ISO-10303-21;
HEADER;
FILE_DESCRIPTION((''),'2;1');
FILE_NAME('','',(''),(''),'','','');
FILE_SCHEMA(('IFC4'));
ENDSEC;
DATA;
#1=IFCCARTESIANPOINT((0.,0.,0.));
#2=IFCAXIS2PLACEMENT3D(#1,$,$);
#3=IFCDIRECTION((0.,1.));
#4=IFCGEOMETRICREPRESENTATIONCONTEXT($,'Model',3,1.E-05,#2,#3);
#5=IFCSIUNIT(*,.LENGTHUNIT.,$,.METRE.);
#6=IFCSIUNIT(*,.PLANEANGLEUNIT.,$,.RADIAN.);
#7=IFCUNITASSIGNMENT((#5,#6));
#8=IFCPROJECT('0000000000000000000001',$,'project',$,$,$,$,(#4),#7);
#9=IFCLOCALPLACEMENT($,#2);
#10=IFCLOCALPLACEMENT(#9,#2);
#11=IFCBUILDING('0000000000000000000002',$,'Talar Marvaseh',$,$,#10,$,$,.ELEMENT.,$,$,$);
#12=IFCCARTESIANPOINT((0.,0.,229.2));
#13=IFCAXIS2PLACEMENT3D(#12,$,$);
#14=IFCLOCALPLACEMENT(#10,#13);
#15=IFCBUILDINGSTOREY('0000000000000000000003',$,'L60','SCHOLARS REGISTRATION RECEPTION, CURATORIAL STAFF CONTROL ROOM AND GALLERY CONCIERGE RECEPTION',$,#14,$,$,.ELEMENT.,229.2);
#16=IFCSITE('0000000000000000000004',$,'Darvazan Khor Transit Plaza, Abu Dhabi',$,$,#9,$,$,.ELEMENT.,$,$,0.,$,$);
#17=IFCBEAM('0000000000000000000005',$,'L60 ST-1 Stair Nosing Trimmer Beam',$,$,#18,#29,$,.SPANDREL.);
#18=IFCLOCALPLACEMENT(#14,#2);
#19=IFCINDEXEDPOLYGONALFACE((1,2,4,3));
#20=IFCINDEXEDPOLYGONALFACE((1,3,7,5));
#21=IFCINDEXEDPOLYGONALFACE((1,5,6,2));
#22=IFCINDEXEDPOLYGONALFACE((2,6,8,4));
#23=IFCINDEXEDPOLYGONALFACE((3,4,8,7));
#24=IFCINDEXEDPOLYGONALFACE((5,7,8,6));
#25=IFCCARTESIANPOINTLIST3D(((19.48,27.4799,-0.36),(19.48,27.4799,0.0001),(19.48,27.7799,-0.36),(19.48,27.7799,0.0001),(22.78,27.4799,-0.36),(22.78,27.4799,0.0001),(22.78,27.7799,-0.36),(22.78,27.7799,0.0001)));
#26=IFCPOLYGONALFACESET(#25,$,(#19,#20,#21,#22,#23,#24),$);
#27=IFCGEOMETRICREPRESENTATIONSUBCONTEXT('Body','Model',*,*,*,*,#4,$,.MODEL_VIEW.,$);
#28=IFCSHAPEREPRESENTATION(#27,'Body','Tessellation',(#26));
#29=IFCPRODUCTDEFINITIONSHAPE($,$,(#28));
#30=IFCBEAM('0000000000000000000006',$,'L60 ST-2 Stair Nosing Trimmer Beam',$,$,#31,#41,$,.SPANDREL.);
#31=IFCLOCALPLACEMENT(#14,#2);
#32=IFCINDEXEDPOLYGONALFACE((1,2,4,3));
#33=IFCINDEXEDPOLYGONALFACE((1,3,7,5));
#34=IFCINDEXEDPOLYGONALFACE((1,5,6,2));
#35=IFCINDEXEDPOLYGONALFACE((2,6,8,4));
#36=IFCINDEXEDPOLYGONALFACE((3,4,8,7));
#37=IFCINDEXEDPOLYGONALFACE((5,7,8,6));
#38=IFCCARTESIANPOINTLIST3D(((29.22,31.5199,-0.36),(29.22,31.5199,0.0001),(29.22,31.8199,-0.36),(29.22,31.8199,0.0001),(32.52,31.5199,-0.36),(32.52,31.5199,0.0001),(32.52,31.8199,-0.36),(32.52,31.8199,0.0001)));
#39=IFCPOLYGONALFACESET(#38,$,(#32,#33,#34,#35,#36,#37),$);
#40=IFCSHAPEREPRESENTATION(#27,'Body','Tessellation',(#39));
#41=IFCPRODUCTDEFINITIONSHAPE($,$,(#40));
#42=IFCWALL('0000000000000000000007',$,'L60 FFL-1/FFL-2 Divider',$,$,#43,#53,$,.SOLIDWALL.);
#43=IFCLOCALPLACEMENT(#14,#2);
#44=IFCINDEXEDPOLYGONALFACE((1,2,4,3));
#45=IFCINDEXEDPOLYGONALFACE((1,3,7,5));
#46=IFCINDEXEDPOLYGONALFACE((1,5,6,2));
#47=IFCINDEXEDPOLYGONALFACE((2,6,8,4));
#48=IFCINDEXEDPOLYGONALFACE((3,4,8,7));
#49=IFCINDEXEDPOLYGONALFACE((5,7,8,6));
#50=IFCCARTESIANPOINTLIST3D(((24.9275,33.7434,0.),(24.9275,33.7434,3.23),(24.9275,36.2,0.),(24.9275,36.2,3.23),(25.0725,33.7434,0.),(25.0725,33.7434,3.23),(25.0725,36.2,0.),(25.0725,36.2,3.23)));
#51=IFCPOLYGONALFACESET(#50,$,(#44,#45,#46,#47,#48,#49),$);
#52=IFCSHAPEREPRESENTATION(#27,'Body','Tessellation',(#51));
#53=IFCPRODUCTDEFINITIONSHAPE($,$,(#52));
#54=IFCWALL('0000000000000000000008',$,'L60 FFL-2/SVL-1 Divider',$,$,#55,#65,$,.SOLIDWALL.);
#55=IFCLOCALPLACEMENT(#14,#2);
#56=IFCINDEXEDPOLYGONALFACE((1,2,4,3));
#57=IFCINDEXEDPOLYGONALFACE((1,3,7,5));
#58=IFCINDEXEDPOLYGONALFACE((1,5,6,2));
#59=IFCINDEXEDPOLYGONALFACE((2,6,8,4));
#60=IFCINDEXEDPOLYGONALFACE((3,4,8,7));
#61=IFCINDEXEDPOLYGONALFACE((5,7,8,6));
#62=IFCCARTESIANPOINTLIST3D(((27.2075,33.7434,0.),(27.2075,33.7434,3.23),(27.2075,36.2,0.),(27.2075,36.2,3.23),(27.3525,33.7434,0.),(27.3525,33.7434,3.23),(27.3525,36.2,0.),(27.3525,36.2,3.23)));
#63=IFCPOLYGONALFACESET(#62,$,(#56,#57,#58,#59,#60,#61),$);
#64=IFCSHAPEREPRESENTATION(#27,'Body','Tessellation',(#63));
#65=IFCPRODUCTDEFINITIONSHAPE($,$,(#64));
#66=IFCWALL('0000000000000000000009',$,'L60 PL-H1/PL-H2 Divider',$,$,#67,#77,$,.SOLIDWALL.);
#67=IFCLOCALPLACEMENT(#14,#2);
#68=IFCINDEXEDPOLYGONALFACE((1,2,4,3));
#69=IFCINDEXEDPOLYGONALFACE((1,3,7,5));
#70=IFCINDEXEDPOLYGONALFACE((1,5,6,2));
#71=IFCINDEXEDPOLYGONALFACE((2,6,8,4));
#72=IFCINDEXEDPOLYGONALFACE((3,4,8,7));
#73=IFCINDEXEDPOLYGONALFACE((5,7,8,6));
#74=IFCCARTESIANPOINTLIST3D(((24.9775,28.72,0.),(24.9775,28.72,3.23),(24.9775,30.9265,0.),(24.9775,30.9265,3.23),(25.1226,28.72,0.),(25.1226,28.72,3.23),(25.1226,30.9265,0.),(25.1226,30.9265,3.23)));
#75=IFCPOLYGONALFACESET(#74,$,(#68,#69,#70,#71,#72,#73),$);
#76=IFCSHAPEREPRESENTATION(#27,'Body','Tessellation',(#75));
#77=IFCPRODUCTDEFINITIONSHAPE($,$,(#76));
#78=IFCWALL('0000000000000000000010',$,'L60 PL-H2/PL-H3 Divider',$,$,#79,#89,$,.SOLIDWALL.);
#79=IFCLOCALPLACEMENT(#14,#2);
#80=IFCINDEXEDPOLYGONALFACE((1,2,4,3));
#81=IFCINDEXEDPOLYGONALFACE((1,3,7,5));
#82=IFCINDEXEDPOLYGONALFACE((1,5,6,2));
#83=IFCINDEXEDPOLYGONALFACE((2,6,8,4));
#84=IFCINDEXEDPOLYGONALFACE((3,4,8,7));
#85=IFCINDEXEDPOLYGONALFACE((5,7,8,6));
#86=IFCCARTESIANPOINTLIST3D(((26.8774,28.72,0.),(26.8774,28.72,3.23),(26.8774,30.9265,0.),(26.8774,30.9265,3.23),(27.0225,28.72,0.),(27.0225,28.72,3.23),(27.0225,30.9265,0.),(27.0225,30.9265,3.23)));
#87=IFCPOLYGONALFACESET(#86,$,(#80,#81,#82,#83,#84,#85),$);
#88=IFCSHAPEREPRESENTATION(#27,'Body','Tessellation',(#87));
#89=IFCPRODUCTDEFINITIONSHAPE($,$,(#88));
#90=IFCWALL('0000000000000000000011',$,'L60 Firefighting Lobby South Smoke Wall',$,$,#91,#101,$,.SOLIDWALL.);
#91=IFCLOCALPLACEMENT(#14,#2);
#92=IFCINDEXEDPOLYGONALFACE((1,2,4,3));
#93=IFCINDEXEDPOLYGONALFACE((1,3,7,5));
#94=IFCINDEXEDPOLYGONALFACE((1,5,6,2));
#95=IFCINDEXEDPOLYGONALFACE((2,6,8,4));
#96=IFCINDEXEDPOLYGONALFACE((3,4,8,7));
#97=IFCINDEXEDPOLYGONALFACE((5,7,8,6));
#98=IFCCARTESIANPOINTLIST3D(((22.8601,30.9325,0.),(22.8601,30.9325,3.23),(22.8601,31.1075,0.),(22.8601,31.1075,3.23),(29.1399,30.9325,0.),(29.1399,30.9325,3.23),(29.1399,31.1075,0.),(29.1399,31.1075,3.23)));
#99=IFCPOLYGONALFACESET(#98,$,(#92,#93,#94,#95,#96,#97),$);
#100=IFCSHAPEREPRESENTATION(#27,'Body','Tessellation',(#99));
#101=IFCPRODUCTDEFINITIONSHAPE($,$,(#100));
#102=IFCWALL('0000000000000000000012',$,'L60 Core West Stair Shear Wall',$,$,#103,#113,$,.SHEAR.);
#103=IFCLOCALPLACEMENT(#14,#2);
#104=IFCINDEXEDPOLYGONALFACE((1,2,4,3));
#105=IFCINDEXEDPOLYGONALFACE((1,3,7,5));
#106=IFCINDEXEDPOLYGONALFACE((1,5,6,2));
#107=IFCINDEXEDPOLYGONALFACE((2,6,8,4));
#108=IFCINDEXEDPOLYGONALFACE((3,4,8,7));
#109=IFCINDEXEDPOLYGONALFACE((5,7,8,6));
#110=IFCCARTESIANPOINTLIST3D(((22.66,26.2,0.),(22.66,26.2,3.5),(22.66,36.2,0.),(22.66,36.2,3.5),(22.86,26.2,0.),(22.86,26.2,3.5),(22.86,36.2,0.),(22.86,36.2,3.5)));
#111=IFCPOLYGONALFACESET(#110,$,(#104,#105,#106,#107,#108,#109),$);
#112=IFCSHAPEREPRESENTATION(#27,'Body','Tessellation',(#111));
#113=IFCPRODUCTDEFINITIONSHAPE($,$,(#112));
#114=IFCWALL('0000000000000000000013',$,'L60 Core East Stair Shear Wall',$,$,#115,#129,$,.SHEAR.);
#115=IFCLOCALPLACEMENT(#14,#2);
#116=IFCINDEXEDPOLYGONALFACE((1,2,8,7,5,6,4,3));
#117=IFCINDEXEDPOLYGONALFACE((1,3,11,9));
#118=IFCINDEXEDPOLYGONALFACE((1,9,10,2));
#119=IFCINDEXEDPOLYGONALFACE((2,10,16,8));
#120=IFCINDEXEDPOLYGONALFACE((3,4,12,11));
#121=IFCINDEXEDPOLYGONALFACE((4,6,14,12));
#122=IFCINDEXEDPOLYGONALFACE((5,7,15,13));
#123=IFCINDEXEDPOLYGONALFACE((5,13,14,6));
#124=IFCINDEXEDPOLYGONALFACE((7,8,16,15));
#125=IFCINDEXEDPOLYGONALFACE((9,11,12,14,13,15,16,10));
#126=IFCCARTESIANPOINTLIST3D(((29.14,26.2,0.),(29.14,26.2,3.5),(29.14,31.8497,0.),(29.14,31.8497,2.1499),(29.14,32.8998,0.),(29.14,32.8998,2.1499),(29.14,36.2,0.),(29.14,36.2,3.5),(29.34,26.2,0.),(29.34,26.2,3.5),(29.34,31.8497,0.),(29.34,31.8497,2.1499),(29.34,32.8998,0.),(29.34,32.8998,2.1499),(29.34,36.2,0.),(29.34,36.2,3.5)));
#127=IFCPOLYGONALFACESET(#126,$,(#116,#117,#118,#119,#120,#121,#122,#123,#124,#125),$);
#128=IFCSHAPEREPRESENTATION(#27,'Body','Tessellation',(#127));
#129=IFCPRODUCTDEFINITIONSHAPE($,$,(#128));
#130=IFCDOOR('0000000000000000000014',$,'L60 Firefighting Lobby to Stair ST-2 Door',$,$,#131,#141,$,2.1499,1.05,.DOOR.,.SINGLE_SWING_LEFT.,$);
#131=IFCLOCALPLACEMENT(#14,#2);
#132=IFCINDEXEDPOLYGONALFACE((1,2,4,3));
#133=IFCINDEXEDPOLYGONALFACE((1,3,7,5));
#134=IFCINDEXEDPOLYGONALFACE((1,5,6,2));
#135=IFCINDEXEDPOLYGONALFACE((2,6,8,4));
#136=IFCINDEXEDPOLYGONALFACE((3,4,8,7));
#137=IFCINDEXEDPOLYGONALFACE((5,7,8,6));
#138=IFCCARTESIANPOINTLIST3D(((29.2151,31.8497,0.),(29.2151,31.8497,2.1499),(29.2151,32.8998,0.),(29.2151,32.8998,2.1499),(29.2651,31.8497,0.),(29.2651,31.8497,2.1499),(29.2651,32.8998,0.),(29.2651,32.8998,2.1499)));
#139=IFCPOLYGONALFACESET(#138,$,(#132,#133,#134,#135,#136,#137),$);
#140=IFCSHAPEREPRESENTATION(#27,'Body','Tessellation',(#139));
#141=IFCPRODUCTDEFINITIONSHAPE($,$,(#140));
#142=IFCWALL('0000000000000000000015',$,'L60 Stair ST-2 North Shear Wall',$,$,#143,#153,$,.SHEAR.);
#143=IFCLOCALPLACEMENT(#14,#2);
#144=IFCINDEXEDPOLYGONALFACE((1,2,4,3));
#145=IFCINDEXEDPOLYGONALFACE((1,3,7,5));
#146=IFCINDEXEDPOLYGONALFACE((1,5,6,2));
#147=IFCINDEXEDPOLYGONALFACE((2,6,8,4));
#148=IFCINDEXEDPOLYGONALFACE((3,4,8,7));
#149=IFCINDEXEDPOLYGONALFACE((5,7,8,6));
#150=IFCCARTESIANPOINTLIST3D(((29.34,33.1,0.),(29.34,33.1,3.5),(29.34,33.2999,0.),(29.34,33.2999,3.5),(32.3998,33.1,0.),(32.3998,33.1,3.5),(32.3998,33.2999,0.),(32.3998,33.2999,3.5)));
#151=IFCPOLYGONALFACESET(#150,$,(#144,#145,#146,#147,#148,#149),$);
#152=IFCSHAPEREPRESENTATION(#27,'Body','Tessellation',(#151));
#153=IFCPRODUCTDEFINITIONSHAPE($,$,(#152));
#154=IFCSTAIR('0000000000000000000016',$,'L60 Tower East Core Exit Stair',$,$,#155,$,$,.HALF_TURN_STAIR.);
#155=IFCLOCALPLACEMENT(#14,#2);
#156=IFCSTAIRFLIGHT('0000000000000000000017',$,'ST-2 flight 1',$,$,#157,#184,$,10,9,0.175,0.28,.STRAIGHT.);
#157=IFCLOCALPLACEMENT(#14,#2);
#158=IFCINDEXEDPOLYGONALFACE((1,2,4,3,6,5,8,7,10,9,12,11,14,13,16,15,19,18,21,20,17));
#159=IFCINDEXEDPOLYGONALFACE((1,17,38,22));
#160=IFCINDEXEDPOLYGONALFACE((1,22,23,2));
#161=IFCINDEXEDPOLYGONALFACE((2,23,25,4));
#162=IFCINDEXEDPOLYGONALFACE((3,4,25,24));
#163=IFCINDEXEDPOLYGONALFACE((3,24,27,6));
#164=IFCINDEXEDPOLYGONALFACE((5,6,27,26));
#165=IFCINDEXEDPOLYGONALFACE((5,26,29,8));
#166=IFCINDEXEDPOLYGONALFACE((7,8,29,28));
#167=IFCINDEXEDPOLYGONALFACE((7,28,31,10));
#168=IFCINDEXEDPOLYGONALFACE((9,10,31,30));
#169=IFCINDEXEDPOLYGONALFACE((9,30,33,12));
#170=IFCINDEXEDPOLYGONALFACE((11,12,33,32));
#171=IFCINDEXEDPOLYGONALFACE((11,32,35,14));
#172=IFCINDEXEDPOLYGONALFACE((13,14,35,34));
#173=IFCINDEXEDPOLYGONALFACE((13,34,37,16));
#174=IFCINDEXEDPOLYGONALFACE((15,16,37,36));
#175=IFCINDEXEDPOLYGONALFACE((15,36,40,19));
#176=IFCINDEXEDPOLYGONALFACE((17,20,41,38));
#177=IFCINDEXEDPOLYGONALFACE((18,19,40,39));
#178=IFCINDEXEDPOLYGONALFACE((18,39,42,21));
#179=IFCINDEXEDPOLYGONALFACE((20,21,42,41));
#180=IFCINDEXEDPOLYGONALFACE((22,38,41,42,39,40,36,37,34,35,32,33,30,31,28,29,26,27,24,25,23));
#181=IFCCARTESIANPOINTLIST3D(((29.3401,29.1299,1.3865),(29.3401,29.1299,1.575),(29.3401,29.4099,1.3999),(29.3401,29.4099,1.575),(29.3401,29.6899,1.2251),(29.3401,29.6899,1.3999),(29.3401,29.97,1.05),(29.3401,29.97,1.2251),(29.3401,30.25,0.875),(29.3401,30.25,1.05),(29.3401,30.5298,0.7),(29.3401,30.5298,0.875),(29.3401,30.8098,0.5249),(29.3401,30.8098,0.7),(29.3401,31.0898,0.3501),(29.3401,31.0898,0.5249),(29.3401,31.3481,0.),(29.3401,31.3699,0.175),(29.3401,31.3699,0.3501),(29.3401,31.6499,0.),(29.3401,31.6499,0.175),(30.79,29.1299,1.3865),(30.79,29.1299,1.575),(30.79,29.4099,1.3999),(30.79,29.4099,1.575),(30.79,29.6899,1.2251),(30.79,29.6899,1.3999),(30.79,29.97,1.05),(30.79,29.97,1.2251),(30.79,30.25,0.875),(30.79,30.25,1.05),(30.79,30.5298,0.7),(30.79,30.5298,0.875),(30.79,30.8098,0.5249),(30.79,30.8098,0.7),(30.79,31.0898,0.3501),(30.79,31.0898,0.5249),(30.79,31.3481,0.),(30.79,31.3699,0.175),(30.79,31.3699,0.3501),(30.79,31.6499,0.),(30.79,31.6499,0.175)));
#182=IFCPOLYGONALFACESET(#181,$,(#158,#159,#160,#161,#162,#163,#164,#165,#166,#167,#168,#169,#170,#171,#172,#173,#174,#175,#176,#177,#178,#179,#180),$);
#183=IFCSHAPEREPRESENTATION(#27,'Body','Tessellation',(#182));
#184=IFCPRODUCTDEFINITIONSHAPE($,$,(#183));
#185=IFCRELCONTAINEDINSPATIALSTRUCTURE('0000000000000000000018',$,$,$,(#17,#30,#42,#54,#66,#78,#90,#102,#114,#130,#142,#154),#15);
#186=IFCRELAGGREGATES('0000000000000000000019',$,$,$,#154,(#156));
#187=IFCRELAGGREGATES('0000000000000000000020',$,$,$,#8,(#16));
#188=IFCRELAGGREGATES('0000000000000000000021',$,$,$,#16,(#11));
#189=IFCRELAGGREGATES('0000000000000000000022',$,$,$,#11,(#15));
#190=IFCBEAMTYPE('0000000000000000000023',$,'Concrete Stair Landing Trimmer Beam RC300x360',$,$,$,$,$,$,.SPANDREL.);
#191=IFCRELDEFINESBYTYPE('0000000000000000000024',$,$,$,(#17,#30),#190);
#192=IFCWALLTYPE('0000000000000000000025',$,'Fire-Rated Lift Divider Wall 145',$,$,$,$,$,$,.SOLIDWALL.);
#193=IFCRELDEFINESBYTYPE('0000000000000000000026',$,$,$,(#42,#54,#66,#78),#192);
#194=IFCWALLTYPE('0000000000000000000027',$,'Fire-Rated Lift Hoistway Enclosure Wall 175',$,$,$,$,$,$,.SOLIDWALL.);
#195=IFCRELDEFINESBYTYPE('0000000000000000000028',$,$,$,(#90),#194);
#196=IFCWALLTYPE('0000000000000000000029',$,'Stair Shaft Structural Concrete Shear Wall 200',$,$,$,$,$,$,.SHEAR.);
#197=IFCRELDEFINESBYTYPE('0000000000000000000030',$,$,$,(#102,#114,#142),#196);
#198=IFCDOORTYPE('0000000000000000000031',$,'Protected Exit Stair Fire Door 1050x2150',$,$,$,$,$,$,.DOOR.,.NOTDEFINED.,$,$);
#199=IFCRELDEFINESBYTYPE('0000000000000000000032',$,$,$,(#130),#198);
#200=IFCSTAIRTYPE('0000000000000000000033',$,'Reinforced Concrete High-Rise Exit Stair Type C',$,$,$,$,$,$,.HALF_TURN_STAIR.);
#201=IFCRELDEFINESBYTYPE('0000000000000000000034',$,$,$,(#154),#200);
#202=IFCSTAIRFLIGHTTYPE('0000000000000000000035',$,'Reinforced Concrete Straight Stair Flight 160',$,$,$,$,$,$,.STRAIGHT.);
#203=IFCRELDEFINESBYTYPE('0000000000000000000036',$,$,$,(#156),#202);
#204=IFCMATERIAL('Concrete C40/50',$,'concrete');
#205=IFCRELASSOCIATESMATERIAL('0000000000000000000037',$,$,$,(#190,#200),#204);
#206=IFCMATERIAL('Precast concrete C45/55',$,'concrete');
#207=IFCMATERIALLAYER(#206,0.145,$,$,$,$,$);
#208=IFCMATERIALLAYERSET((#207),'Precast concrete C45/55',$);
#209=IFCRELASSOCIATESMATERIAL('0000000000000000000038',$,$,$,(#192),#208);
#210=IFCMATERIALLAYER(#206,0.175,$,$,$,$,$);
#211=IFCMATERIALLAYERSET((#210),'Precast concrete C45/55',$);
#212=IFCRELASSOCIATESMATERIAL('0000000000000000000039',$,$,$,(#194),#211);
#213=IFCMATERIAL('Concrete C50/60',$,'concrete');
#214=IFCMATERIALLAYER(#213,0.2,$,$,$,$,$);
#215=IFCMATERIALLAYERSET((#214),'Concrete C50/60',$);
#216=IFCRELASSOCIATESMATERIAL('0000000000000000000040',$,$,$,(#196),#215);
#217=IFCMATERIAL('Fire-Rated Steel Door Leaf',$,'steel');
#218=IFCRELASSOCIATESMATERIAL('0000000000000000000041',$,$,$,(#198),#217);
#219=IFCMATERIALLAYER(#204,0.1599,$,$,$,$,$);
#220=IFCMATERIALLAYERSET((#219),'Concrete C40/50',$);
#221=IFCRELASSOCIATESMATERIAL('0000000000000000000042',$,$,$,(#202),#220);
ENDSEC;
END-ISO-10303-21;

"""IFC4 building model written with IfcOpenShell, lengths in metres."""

from ifc_helpers import new_model, si_unit, direction, frame, frame_2d, origin, origin_2d, place, context, subcontext, project, spatial, polyline, rectangle, outline, extrude, source, transform, mapped, material, layer, layer_set, material_profile, profile_set, type_object, type_shapes, element, fill, aggregate, save


model = new_model("IFC4")

# Units and contexts
model_context = context("Model", 3, precision=1e-05, world=origin(), true_north=direction((0.0, 1.0)))
body_context = subcontext(model_context, "Body", "Model", "MODEL_VIEW")
ifc_project = project(units=[si_unit("LENGTHUNIT", "METRE"), si_unit("PLANEANGLEUNIT", "RADIAN")], contexts=[model_context])

# Site, building, storey
site_placement = place(None, origin())
site = spatial("IfcSite", under=ifc_project, at=site_placement, Name="Darvazan Khor Transit Plaza, Abu Dhabi", CompositionType="ELEMENT", RefElevation=0.0)
building_placement = place(site_placement, origin())
building = spatial("IfcBuilding", under=site, at=building_placement, Name="Talar Marvaseh", CompositionType="ELEMENT")
storey_placement = place(building_placement, frame((0.0, 0.0, 229.2)))
storey = spatial("IfcBuildingStorey", under=building, at=storey_placement, Name="L60", Description="SCHOLARS REGISTRATION RECEPTION, CURATORIAL STAFF CONTROL ROOM AND GALLERY CONCIERGE RECEPTION", CompositionType="ELEMENT", Elevation=229.2)

# Beams
ifc_material_1 = material(Name="Concrete C40/50", Category="concrete")
ifc_material_profile = material_profile(ifc_material_1, rectangle(XDim=0.3, YDim=0.3601, at=origin_2d()), Name="RC300x360")
ifc_profile_set = profile_set([ifc_material_profile], Name="Concrete C40/50")
beam_type = type_object("IfcBeamType", Name="Concrete Stair Landing Trimmer Beam RC300x360", PredefinedType="SPANDREL", material=ifc_profile_set)
for number, where, z_axis, x_axis, name in (
    (1, (22.78, 27.6299, -0.1799), (-1.0, 0.0, 0.0), (0.0, -1.0, 0.0), "L60 ST-1 Stair Nosing Trimmer Beam"),
    (2, (29.22, 31.6699, -0.1799), (1.0, 0.0, 0.0), (0.0, 1.0, 0.0), "L60 ST-2 Stair Nosing Trimmer Beam"),
):
    element("IfcBeam", number, at=place(storey_placement, frame(where, z_axis=z_axis, x_axis=x_axis)), inside=storey, type_object=beam_type, Name=name, PredefinedType="SPANDREL", context=body_context, shape_type="SweptSolid", body=[
        extrude(rectangle(XDim=0.3, YDim=0.3601, at=origin_2d()), origin(), (0.0, 0.0, 1.0), 3.3),
    ])

# Walls
ifc_material_2 = material(Name="Precast concrete C45/55", Category="concrete")
ifc_layer_1 = layer(ifc_material_2, 0.145)
ifc_layer_set_1 = layer_set([ifc_layer_1], Name="Precast concrete C45/55")
wall_type_1 = type_object("IfcWallType", Name="Fire-Rated Lift Divider Wall 145", PredefinedType="SOLIDWALL", material=ifc_layer_set_1)
for number, where, z_axis, x_axis, name in (
    (3, (25.0, 33.7434, 0.0), (0.0, 0.0, 1.0), (0.0, 1.0, 0.0), "L60 FFL-1/FFL-2 Divider"),
    (4, (27.28, 33.7434, 0.0), (0.0, 0.0, 1.0), (0.0, 1.0, 0.0), "L60 FFL-2/SVL-1 Divider"),
):
    element("IfcWall", number, at=place(storey_placement, frame(where, z_axis=z_axis, x_axis=x_axis)), inside=storey, type_object=wall_type_1, Name=name, PredefinedType="SOLIDWALL", context=body_context, shape_type="SweptSolid", body=[
        extrude(rectangle(XDim=2.4565, YDim=0.145, at=frame_2d((1.2283, 0.0))), origin(), (0.0, 0.0, 1.0), 3.23),
    ])
for number, where, z_axis, x_axis, name in (
    (5, (25.05, 28.72, 0.0), (0.0, 0.0, 1.0), (0.0, 1.0, 0.0), "L60 PL-H1/PL-H2 Divider"),
    (6, (26.95, 28.72, 0.0), (0.0, 0.0, 1.0), (0.0, 1.0, 0.0), "L60 PL-H2/PL-H3 Divider"),
):
    element("IfcWall", number, at=place(storey_placement, frame(where, z_axis=z_axis, x_axis=x_axis)), inside=storey, type_object=wall_type_1, Name=name, PredefinedType="SOLIDWALL", context=body_context, shape_type="SweptSolid", body=[
        extrude(rectangle(XDim=2.2065, YDim=0.145, at=frame_2d((1.1033, 0.0))), origin(), (0.0, 0.0, 1.0), 3.23),
    ])

# Shared definitions
ifc_layer_2 = layer(ifc_material_2, 0.175)
ifc_layer_set_2 = layer_set([ifc_layer_2], Name="Precast concrete C45/55")
wall_type_2 = type_object("IfcWallType", Name="Fire-Rated Lift Hoistway Enclosure Wall 175", PredefinedType="SOLIDWALL", material=ifc_layer_set_2)

# Wall
wall_1_placement = place(storey_placement, frame((22.8601, 31.02, 0.0), z_axis=(0.0, 0.0, 1.0), x_axis=(1.0, 0.0, 0.0)))
element("IfcWall", 7, at=wall_1_placement, inside=storey, type_object=wall_type_2, Name="L60 Firefighting Lobby South Smoke Wall", PredefinedType="SOLIDWALL", context=body_context, shape_type="SweptSolid", body=[
    extrude(rectangle(XDim=6.2798, YDim=0.175, at=frame_2d((3.1399, 0.0))), origin(), (0.0, 0.0, 1.0), 3.23),
])

# Wall
ifc_material_3 = material(Name="Concrete C50/60", Category="concrete")
ifc_layer_3 = layer(ifc_material_3, 0.2)
ifc_layer_set_3 = layer_set([ifc_layer_3], Name="Concrete C50/60")
wall_type_3 = type_object("IfcWallType", Name="Stair Shaft Structural Concrete Shear Wall 200", PredefinedType="SHEAR", material=ifc_layer_set_3)
wall_2_placement = place(storey_placement, frame((22.76, 26.2, 0.0), z_axis=(0.0, 0.0, 1.0), x_axis=(0.0, 1.0, 0.0)))
element("IfcWall", 8, at=wall_2_placement, inside=storey, type_object=wall_type_3, Name="L60 Core West Stair Shear Wall", PredefinedType="SHEAR", context=body_context, shape_type="SweptSolid", body=[
    extrude(rectangle(XDim=10.0, YDim=0.2, at=frame_2d((5.0, 0.0))), origin(), (0.0, 0.0, 1.0), 3.5),
])

# Wall, opening, door
wall_3_placement = place(storey_placement, frame((29.24, 26.2, 0.0), z_axis=(0.0, 0.0, 1.0), x_axis=(0.0, 1.0, 0.0)))
wall_3 = element("IfcWall", 9, at=wall_3_placement, inside=storey, type_object=wall_type_3, Name="L60 Core East Stair Shear Wall", PredefinedType="SHEAR", context=body_context, shape_type="SweptSolid", body=[
    extrude(rectangle(XDim=10.0, YDim=0.2, at=frame_2d((5.0, 0.0))), origin(), (0.0, 0.0, 1.0), 3.5),
])
opening_1_placement = place(wall_3_placement, frame((5.6499, 0.0, 0.0)))
opening_1 = element("IfcOpeningElement", 10, at=opening_1_placement, cuts=wall_3, PredefinedType="OPENING", context=body_context, shape_type="SweptSolid", body=[
    extrude(rectangle(XDim=1.05, YDim=2.1499, at=frame_2d((0.5249, 1.075))), frame((0.0, 0.1099, 0.0), z_axis=(0.0, -1.0, 0.0), x_axis=(1.0, 0.0, 0.0)), (0.0, 0.0, 1.0), 0.22),
])
ifc_material_4 = material(Name="Fire-Rated Steel Door Leaf", Category="steel")
door_type_1 = type_object("IfcDoorType", Name="Protected Exit Stair Fire Door 1050x2150", OperationType="NOTDEFINED", PredefinedType="DOOR", material=ifc_material_4)
shared_shape_1 = source(origin(), body_context, "Body", "SweptSolid", [
    extrude(rectangle(XDim=1.05, YDim=2.1499, at=frame_2d((0.5249, 1.075))), frame((0.0, 0.0249, 0.0), z_axis=(0.0, -1.0, 0.0), x_axis=(1.0, 0.0, 0.0)), (0.0, 0.0, 1.0), 0.05),
])
type_shapes(door_type_1, [shared_shape_1])
door_1_placement = place(opening_1_placement, origin())
door_1 = element("IfcDoor", 11, at=door_1_placement, inside=storey, type_object=door_type_1, Name="L60 Firefighting Lobby to Stair ST-2 Door", OperationType="SINGLE_SWING_LEFT", OverallHeight=2.1499, OverallWidth=1.05, PredefinedType="DOOR", context=body_context, shape_type="MappedRepresentation", body=[
    mapped(shared_shape_1, transform((0.0, 0.0, 0.0), x_axis=(1.0, 0.0, 0.0), y_axis=(0.0, 1.0, 0.0), z_axis=(0.0, 0.0, 1.0), scale=1.0)),
])
fill(opening_1, door_1)

# Wall
wall_4_placement = place(storey_placement, frame((29.3401, 33.2, 0.0), z_axis=(0.0, 0.0, 1.0), x_axis=(1.0, 0.0, 0.0)))
element("IfcWall", 12, at=wall_4_placement, inside=storey, type_object=wall_type_3, Name="L60 Stair ST-2 North Shear Wall", PredefinedType="SHEAR", context=body_context, shape_type="SweptSolid", body=[
    extrude(rectangle(XDim=3.0598, YDim=0.2, at=frame_2d((1.5298, 0.0))), origin(), (0.0, 0.0, 1.0), 3.5),
])

# Stair, stair flight
stair_type = type_object("IfcStairType", Name="Reinforced Concrete High-Rise Exit Stair Type C", PredefinedType="HALF_TURN_STAIR", material=ifc_material_1)
stair_placement = place(storey_placement, origin())
stair = element("IfcStair", 13, at=stair_placement, inside=storey, type_object=stair_type, Name="L60 Tower East Core Exit Stair", PredefinedType="HALF_TURN_STAIR")
ifc_layer_4 = layer(ifc_material_1, 0.1599)
ifc_layer_set_4 = layer_set([ifc_layer_4], Name="Concrete C40/50")
stair_flight_type = type_object("IfcStairFlightType", Name="Reinforced Concrete Straight Stair Flight 160", PredefinedType="STRAIGHT", material=ifc_layer_set_4)
stair_flight_1_placement = place(storey_placement, frame((30.0649, 31.6499, 0.0), z_axis=(0.0, 0.0, 1.0), x_axis=(0.0, -1.0, 0.0)))
stair_flight_1 = element("IfcStairFlight", 14, at=stair_flight_1_placement, type_object=stair_flight_type, Name="ST-2 flight 1", NumberOfRisers=10, NumberOfTreads=9, PredefinedType="STRAIGHT", RiserHeight=0.175, TreadLength=0.28, context=body_context, shape_type="SweptSolid", body=[
    extrude(outline(polyline([(0.0, 0.0), (0.0, 0.175), (0.28, 0.175), (0.28, 0.3501), (0.5601, 0.3501), (0.5601, 0.5249), (0.8401, 0.5249), (0.8401, 0.7), (1.1201, 0.7), (1.1201, 0.875), (1.3999, 0.875), (1.3999, 1.05), (1.6799, 1.05), (1.6799, 1.2251), (1.96, 1.2251), (1.96, 1.3999), (2.24, 1.3999), (2.24, 1.575), (2.52, 1.575), (2.52, 1.75), (2.52, 1.3865), (0.3018, 0.0), (0.0, 0.0)])), frame((0.0, 0.7251, 0.0), z_axis=(0.0, -1.0, 0.0), x_axis=(1.0, 0.0, 0.0)), (0.0, 0.0, 1.0), 1.45),
])
aggregate(stair, [stair_flight_1])

save(model, "model.ifc")
